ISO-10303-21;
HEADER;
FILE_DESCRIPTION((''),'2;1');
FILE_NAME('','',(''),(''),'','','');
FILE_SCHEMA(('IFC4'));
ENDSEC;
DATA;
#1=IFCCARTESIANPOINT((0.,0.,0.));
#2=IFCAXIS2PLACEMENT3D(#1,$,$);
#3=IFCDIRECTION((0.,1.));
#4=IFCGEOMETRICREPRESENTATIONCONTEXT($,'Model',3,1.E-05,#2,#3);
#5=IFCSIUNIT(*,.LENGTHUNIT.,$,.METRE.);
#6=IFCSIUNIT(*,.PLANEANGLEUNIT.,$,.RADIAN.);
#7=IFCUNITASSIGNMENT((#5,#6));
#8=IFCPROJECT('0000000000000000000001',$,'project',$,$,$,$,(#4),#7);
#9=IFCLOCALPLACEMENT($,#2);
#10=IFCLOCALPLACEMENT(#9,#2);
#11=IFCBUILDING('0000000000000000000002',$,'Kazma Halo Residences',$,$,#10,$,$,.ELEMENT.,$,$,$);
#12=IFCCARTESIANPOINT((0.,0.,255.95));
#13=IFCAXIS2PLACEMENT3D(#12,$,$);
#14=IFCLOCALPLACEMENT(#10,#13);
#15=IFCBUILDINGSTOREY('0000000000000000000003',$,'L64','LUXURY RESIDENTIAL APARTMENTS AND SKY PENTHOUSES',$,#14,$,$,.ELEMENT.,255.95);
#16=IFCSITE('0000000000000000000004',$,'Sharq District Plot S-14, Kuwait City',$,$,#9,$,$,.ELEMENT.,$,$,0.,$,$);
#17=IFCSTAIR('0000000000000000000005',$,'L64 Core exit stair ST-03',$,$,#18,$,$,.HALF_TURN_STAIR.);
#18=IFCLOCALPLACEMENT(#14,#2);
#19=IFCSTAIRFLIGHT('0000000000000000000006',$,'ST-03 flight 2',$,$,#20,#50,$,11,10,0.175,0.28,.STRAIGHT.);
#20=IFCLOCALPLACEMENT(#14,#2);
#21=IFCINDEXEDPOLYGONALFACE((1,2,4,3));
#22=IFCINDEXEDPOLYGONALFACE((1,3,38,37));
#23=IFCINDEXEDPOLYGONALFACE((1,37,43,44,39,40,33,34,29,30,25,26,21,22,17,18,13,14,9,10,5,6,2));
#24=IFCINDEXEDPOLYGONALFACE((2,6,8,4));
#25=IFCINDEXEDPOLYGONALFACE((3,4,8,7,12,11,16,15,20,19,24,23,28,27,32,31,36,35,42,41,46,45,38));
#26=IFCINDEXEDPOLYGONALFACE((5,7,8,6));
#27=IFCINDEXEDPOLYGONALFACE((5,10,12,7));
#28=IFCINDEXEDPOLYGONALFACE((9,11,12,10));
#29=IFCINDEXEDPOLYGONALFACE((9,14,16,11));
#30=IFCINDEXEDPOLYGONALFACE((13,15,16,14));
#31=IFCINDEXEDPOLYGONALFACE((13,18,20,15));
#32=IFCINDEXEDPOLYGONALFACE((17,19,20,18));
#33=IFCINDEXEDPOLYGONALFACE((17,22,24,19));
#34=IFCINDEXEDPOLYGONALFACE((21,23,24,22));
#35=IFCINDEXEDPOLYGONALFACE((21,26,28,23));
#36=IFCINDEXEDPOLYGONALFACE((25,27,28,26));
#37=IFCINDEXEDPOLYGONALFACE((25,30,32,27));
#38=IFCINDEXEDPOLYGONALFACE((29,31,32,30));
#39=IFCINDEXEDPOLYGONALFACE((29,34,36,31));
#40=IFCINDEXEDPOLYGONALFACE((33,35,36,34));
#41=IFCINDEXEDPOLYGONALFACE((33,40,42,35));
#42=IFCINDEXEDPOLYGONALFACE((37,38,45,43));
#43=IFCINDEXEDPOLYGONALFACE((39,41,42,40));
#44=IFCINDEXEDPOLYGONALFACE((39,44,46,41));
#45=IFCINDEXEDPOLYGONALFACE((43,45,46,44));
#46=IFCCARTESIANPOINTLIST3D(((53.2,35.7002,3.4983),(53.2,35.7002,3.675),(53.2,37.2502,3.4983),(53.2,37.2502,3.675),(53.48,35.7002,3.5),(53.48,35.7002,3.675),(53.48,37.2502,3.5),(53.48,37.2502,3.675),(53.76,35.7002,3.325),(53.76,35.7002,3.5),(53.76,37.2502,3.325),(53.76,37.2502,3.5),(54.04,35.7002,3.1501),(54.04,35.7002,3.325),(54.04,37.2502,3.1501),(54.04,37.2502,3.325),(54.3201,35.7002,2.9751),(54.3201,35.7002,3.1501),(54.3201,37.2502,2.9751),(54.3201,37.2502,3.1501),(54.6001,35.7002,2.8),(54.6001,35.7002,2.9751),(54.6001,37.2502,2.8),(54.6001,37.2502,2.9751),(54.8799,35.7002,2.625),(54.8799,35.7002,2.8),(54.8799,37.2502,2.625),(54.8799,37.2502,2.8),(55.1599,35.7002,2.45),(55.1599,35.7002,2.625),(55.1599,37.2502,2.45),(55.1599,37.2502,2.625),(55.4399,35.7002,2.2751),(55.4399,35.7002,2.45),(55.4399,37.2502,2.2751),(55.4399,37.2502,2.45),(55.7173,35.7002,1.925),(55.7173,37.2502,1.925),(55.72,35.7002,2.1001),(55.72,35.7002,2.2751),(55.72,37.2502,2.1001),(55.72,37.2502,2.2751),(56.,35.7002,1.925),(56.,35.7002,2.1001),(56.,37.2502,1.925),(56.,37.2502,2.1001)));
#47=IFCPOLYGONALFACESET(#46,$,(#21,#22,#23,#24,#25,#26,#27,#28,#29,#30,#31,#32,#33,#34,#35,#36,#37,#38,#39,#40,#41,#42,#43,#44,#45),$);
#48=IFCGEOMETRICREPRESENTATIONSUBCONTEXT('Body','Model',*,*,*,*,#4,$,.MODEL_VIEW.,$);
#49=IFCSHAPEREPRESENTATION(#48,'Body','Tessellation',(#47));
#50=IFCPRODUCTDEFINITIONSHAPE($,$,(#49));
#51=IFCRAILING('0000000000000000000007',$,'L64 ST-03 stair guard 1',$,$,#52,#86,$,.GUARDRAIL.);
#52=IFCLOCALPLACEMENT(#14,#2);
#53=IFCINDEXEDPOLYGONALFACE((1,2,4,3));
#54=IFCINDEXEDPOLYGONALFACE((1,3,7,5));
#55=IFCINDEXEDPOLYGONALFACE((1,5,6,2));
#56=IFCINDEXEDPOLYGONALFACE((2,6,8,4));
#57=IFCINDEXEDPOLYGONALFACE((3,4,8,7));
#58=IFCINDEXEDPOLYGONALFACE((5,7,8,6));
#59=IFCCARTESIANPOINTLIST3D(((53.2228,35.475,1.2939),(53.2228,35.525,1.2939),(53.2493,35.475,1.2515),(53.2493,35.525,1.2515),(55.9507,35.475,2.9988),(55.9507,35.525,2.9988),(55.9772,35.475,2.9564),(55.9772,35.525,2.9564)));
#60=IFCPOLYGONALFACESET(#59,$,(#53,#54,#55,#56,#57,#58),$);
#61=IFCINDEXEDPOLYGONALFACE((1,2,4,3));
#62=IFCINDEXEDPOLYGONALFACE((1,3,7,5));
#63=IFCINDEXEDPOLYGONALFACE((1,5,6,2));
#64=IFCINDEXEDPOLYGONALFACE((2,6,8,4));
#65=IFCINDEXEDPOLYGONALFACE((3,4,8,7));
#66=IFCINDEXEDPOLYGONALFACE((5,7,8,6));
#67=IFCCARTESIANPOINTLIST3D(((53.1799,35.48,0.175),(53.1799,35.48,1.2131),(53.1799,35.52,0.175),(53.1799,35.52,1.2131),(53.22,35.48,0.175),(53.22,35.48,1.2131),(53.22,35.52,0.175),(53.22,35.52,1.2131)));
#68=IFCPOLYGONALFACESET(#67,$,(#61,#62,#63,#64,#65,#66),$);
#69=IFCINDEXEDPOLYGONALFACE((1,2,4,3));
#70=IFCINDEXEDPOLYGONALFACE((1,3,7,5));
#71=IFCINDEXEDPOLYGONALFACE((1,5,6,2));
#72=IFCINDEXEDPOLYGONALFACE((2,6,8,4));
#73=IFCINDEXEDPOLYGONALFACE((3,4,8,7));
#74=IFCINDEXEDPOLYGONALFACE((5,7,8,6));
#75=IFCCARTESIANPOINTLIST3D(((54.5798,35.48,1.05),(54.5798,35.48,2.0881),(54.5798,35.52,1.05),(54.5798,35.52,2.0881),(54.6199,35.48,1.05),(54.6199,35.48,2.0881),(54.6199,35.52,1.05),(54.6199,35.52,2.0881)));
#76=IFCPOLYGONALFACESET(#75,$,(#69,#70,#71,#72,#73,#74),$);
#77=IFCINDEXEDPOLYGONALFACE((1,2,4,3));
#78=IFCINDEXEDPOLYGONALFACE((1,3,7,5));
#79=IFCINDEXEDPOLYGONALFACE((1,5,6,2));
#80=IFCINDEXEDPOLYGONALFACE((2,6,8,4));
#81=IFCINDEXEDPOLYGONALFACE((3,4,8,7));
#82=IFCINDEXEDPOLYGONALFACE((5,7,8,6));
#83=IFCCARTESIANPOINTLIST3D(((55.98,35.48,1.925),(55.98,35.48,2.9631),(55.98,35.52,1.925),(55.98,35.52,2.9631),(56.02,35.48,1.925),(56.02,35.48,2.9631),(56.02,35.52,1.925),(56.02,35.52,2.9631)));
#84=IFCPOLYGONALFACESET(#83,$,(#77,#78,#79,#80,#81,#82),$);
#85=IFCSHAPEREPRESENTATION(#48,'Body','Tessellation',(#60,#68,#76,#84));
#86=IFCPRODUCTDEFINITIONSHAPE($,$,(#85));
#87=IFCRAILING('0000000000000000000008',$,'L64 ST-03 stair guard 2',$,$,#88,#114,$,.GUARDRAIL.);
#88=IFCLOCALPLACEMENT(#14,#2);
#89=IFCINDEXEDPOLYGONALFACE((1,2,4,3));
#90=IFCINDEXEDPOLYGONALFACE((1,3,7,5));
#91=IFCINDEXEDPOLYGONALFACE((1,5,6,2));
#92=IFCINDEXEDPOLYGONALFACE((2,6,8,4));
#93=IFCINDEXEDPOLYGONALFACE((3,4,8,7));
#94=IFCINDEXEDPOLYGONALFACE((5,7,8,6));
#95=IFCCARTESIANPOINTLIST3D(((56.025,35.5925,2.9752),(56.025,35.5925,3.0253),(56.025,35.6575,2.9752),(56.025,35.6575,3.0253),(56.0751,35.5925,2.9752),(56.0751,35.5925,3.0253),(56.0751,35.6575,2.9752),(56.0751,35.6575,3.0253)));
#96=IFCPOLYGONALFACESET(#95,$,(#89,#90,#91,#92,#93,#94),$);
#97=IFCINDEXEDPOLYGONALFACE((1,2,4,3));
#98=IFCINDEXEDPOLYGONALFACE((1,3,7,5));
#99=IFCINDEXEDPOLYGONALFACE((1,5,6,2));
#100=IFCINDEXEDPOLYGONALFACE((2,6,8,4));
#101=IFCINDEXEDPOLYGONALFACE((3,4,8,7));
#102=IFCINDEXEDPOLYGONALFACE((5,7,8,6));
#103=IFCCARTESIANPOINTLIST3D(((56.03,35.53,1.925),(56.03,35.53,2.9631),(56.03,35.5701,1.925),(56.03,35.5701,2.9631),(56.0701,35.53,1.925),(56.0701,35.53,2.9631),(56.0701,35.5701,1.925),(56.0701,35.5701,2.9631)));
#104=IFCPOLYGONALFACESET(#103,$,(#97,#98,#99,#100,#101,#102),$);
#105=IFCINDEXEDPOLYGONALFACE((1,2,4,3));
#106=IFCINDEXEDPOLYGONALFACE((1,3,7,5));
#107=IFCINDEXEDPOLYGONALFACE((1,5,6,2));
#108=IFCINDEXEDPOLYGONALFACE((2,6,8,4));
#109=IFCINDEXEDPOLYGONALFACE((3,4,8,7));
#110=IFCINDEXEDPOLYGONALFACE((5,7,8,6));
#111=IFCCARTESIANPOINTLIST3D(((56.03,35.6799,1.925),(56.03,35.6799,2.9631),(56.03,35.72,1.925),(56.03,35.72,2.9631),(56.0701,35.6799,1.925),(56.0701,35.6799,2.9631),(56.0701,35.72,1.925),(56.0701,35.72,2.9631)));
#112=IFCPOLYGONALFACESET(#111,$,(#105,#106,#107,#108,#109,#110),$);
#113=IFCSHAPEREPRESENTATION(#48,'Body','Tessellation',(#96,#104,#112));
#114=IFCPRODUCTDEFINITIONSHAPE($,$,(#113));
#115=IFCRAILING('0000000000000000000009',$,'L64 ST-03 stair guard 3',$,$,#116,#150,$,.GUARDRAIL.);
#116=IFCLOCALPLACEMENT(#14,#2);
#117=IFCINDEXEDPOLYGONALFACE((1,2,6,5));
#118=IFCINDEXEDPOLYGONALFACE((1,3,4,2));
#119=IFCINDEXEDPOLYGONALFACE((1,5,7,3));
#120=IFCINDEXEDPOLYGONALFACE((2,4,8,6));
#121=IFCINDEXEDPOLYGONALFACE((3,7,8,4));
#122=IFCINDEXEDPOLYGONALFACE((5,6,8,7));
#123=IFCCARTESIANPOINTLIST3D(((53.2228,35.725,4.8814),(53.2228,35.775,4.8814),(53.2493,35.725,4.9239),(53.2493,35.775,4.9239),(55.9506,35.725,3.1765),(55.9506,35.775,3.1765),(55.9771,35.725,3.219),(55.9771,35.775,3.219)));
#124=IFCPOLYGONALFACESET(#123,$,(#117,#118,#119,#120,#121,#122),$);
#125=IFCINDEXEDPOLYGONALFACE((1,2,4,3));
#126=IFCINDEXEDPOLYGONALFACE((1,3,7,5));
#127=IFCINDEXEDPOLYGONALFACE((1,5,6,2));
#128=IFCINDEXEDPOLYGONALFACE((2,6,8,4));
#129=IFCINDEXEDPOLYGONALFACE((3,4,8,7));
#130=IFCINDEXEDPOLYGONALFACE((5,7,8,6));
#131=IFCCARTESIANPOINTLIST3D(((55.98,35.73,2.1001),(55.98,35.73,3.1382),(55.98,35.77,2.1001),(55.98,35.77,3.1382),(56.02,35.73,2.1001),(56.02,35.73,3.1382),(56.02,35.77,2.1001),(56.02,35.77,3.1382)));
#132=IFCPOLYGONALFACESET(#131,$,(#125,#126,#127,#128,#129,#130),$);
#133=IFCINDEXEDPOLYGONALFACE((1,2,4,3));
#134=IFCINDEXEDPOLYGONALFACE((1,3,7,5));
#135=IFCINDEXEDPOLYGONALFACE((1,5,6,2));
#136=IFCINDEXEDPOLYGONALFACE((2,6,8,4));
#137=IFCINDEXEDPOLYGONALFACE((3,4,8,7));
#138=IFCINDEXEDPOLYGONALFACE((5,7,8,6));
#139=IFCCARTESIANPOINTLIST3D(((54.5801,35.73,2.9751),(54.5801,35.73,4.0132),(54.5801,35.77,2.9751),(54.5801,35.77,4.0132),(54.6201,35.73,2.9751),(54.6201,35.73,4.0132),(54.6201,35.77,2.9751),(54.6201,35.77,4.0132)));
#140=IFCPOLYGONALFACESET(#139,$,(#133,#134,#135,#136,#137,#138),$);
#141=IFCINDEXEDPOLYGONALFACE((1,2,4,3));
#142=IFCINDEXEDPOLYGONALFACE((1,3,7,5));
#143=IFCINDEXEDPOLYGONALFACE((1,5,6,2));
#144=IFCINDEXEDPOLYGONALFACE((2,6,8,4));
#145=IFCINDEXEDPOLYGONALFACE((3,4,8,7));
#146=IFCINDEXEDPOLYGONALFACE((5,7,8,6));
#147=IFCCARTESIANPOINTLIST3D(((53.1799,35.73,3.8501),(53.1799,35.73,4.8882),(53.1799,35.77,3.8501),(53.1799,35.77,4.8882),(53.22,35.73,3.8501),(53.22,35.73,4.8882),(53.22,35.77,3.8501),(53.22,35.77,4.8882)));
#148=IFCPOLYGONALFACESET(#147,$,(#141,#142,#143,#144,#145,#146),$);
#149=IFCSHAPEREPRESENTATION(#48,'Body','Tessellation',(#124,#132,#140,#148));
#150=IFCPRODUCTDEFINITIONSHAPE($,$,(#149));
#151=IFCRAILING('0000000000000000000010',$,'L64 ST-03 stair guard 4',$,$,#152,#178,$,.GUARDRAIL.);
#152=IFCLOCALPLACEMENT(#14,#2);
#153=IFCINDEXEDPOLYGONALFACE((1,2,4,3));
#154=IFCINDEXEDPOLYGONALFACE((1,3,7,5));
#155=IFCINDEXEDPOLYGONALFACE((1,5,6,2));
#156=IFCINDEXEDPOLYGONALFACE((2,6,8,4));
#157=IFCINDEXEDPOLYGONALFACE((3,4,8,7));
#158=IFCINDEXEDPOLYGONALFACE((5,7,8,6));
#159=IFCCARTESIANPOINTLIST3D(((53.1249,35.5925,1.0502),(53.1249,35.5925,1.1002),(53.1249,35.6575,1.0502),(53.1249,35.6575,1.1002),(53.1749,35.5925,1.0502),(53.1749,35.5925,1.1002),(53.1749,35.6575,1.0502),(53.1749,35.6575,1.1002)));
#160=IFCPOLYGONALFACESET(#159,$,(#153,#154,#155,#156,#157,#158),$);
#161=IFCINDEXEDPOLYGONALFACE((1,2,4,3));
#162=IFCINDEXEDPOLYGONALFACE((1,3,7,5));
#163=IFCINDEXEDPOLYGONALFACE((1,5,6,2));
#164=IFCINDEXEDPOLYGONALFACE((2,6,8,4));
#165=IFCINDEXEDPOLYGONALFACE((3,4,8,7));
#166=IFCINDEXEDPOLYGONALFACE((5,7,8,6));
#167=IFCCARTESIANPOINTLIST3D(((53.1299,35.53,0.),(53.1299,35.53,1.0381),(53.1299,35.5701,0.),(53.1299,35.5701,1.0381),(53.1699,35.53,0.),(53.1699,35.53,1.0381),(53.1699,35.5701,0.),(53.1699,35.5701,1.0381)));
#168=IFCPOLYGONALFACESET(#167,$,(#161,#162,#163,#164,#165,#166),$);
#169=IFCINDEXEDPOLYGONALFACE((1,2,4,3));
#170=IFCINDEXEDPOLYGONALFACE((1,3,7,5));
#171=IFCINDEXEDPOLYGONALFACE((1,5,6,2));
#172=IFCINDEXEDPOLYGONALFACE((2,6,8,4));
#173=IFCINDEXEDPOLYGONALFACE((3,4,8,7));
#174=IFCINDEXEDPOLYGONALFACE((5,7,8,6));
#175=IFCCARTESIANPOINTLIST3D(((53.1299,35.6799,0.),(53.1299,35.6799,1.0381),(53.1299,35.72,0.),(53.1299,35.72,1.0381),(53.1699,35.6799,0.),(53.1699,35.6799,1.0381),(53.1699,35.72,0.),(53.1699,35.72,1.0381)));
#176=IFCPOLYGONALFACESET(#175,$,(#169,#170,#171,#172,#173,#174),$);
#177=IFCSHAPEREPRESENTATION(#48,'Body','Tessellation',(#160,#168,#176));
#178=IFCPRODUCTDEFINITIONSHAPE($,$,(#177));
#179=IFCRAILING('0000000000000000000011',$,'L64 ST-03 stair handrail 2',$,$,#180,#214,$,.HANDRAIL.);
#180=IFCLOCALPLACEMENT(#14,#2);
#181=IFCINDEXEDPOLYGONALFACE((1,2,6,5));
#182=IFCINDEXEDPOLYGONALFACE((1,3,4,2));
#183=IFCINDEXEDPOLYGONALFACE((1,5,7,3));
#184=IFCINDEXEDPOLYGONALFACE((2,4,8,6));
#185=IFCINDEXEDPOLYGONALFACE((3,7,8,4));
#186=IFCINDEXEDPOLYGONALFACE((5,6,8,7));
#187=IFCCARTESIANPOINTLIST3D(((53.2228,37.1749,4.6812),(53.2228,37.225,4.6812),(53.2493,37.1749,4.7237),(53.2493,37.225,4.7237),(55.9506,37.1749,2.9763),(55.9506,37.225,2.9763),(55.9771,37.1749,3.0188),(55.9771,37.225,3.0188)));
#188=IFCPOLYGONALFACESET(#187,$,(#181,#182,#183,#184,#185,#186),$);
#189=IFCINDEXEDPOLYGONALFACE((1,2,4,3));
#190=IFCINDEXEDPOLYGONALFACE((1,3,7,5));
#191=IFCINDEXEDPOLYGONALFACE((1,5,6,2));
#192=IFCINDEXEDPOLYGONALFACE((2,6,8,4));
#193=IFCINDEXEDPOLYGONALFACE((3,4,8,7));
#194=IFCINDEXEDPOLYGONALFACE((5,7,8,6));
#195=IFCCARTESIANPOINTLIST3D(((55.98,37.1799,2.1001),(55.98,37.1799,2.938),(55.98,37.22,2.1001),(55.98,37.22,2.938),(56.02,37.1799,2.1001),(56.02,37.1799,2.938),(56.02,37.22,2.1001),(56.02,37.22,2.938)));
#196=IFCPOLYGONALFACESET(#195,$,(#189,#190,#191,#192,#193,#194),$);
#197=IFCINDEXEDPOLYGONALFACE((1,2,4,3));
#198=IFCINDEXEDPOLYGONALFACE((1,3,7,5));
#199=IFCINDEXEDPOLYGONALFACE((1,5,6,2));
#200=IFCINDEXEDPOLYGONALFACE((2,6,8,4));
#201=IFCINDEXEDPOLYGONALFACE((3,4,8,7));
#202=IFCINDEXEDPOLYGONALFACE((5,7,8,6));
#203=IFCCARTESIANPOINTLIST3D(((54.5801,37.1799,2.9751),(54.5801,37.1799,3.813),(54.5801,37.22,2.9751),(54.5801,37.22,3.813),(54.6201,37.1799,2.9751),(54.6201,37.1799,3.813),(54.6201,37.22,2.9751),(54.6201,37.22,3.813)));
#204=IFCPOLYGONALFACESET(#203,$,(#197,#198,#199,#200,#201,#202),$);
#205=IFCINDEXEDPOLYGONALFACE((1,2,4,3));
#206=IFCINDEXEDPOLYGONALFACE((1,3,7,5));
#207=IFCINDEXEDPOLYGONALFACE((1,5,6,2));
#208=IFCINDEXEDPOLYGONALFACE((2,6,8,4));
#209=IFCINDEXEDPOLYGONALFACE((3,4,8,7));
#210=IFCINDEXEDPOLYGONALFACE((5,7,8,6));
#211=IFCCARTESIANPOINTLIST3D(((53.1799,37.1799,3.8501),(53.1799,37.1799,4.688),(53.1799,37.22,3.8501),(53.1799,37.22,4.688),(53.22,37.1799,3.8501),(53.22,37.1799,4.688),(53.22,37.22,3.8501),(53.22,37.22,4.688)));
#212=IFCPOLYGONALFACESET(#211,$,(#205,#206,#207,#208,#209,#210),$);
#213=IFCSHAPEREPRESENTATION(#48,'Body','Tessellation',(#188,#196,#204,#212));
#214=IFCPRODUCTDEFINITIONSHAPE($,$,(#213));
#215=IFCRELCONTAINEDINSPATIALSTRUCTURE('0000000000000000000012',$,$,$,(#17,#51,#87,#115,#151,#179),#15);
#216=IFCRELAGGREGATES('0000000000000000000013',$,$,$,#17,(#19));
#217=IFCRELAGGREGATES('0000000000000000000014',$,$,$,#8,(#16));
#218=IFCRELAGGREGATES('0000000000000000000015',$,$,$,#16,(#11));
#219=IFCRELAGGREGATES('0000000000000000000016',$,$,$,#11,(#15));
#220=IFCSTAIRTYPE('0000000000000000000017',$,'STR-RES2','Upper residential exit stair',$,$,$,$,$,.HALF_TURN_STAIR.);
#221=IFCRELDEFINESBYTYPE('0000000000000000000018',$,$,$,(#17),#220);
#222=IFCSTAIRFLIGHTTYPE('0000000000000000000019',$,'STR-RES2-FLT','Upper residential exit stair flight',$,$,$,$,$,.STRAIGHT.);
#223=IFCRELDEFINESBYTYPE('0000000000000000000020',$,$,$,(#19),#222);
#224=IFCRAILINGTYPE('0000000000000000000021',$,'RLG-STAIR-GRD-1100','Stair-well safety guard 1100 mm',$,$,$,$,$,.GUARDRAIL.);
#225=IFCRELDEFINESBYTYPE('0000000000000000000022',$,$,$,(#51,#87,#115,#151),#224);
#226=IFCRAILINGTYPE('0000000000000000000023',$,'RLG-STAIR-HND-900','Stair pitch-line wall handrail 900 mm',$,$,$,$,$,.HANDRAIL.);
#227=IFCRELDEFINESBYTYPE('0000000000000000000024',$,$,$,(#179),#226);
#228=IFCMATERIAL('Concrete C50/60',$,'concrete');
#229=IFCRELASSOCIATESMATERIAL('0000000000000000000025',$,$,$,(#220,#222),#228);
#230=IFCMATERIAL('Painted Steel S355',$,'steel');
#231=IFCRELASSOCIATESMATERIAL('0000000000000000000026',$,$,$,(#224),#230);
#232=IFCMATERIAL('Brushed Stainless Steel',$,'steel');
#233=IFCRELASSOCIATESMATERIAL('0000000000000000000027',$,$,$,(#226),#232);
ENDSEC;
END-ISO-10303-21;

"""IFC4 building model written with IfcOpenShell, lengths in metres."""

from ifc_helpers import new_model, si_unit, direction, frame, origin, origin_2d, place, context, subcontext, project, spatial, polyline, rectangle, outline, extrude, material, type_object, element, aggregate, save


model = new_model("IFC4")

# Units and contexts
model_context = context("Model", 3, precision=1e-05, world=origin(), true_north=direction((0.0, 1.0)))
body_context = subcontext(model_context, "Body", "Model", "MODEL_VIEW")
ifc_project = project(units=[si_unit("LENGTHUNIT", "METRE"), si_unit("PLANEANGLEUNIT", "RADIAN")], contexts=[model_context])

# Site, building, storey
site_placement = place(None, origin())
site = spatial("IfcSite", under=ifc_project, at=site_placement, Name="Sharq District Plot S-14, Kuwait City", CompositionType="ELEMENT", RefElevation=0.0)
building_placement = place(site_placement, origin())
building = spatial("IfcBuilding", under=site, at=building_placement, Name="Kazma Halo Residences", CompositionType="ELEMENT")
storey_placement = place(building_placement, frame((0.0, 0.0, 255.95)))
storey = spatial("IfcBuildingStorey", under=building, at=storey_placement, Name="L64", Description="LUXURY RESIDENTIAL APARTMENTS AND SKY PENTHOUSES", CompositionType="ELEMENT", Elevation=255.95)

# Shared definitions
ifc_material_1 = material(Name="Concrete C50/60", Category="concrete")

# Stair, stair flight
stair_type = type_object("IfcStairType", Name="STR-RES2", Description="Upper residential exit stair", PredefinedType="HALF_TURN_STAIR", material=ifc_material_1)
stair_placement = place(storey_placement, origin())
stair = element("IfcStair", 1, at=stair_placement, inside=storey, type_object=stair_type, Name="L64 Core exit stair ST-03", PredefinedType="HALF_TURN_STAIR")
stair_flight_type = type_object("IfcStairFlightType", Name="STR-RES2-FLT", Description="Upper residential exit stair flight", PredefinedType="STRAIGHT", material=ifc_material_1)
stair_flight_1_placement = place(storey_placement, frame((56.0, 36.4751, 1.925), z_axis=(0.0, 0.0, 1.0), x_axis=(-1.0, 0.0, 0.0)))
stair_flight_1 = element("IfcStairFlight", 2, at=stair_flight_1_placement, type_object=stair_flight_type, Name="ST-03 flight 2", NumberOfRisers=11, NumberOfTreads=10, PredefinedType="STRAIGHT", RiserHeight=0.175, TreadLength=0.28, context=body_context, shape_type="SweptSolid", body=[
    extrude(outline(polyline([(0.0, 0.0), (0.0, 0.175), (0.28, 0.175), (0.28, 0.3501), (0.5601, 0.3501), (0.5601, 0.5249), (0.8401, 0.5249), (0.8401, 0.7), (1.1201, 0.7), (1.1201, 0.875), (1.3999, 0.875), (1.3999, 1.05), (1.6799, 1.05), (1.6799, 1.2251), (1.96, 1.2251), (1.96, 1.3999), (2.24, 1.3999), (2.24, 1.575), (2.52, 1.575), (2.52, 1.75), (2.8, 1.75), (2.8, 1.925), (2.8, 1.5732), (0.2827, 0.0), (0.0, 0.0)])), frame((0.0, 0.7749, 0.0), z_axis=(0.0, -1.0, 0.0), x_axis=(1.0, 0.0, 0.0)), (0.0, 0.0, 1.0), 1.55),
])
aggregate(stair, [stair_flight_1])

# Railings
ifc_material_2 = material(Name="Painted Steel S355", Category="steel")
railing_type_1 = type_object("IfcRailingType", Name="RLG-STAIR-GRD-1100", Description="Stair-well safety guard 1100 mm", PredefinedType="GUARDRAIL", material=ifc_material_2)
railing_1_placement = place(storey_placement, frame((53.2, 35.5, 0.175)))
element("IfcRailing", 3, at=railing_1_placement, inside=storey, type_object=railing_type_1, Name="L64 ST-03 stair guard 1", PredefinedType="GUARDRAIL", context=body_context, shape_type="SweptSolid", body=[
    extrude(rectangle(XDim=0.05, YDim=0.05, at=origin_2d()), frame((0.0361, 0.0, 1.0977), z_axis=(0.848002, 0.0, 0.529992), x_axis=(0.0, 1.0, 0.0)), (0.0, 0.0, 1.0), 3.2168),
    extrude(rectangle(XDim=0.04, YDim=0.04, at=origin_2d()), origin(), (0.0, 0.0, 1.0), 1.0381),
    extrude(rectangle(XDim=0.04, YDim=0.04, at=origin_2d()), frame((1.3999, 0.0, 0.875)), (0.0, 0.0, 1.0), 1.0381),
    extrude(rectangle(XDim=0.04, YDim=0.04, at=origin_2d()), frame((2.8, 0.0, 1.75)), (0.0, 0.0, 1.0), 1.0381),
])
railing_2_placement = place(storey_placement, frame((56.05, 35.55, 1.925)))
element("IfcRailing", 4, at=railing_2_placement, inside=storey, type_object=railing_type_1, Name="L64 ST-03 stair guard 2", PredefinedType="GUARDRAIL", context=body_context, shape_type="SweptSolid", body=[
    extrude(rectangle(XDim=0.05, YDim=0.05, at=origin_2d()), frame((0.0, 0.0425, 1.0752), z_axis=(0.0, 1.0, 0.0), x_axis=(-1.0, 0.0, 0.0)), (0.0, 0.0, 1.0), 0.0649),
    extrude(rectangle(XDim=0.04, YDim=0.04, at=origin_2d()), origin(), (0.0, 0.0, 1.0), 1.0381),
    extrude(rectangle(XDim=0.04, YDim=0.04, at=origin_2d()), frame((0.0, 0.1499, 0.0)), (0.0, 0.0, 1.0), 1.0381),
])
railing_3_placement = place(storey_placement, frame((56.0, 35.75, 2.1001)))
element("IfcRailing", 5, at=railing_3_placement, inside=storey, type_object=railing_type_1, Name="L64 ST-03 stair guard 3", PredefinedType="GUARDRAIL", context=body_context, shape_type="SweptSolid", body=[
    extrude(rectangle(XDim=0.05, YDim=0.05, at=origin_2d()), frame((-0.0361, 0.0, 1.0977), z_axis=(-0.848002, 0.0, 0.529992), x_axis=(0.0, -1.0, 0.0)), (0.0, 0.0, 1.0), 3.2168),
    extrude(rectangle(XDim=0.04, YDim=0.04, at=origin_2d()), origin(), (0.0, 0.0, 1.0), 1.0381),
    extrude(rectangle(XDim=0.04, YDim=0.04, at=origin_2d()), frame((-1.3999, 0.0, 0.875)), (0.0, 0.0, 1.0), 1.0381),
    extrude(rectangle(XDim=0.04, YDim=0.04, at=origin_2d()), frame((-2.8, 0.0, 1.75)), (0.0, 0.0, 1.0), 1.0381),
])
railing_4_placement = place(storey_placement, frame((53.1499, 35.55, 0.0)))
element("IfcRailing", 6, at=railing_4_placement, inside=storey, type_object=railing_type_1, Name="L64 ST-03 stair guard 4", PredefinedType="GUARDRAIL", context=body_context, shape_type="SweptSolid", body=[
    extrude(rectangle(XDim=0.05, YDim=0.05, at=origin_2d()), frame((0.0, 0.0425, 1.0752), z_axis=(0.0, 1.0, 0.0), x_axis=(-1.0, 0.0, 0.0)), (0.0, 0.0, 1.0), 0.0649),
    extrude(rectangle(XDim=0.04, YDim=0.04, at=origin_2d()), origin(), (0.0, 0.0, 1.0), 1.0381),
    extrude(rectangle(XDim=0.04, YDim=0.04, at=origin_2d()), frame((0.0, 0.1499, 0.0)), (0.0, 0.0, 1.0), 1.0381),
])
ifc_material_3 = material(Name="Brushed Stainless Steel", Category="steel")
railing_type_2 = type_object("IfcRailingType", Name="RLG-STAIR-HND-900", Description="Stair pitch-line wall handrail 900 mm", PredefinedType="HANDRAIL", material=ifc_material_3)
railing_5_placement = place(storey_placement, frame((56.0, 37.2, 2.1001)))
element("IfcRailing", 7, at=railing_5_placement, inside=storey, type_object=railing_type_2, Name="L64 ST-03 stair handrail 2", PredefinedType="HANDRAIL", context=body_context, shape_type="SweptSolid", body=[
    extrude(rectangle(XDim=0.05, YDim=0.05, at=origin_2d()), frame((-0.0361, 0.0, 0.8975), z_axis=(-0.848002, 0.0, 0.529992), x_axis=(0.0, -1.0, 0.0)), (0.0, 0.0, 1.0), 3.2168),
    extrude(rectangle(XDim=0.04, YDim=0.04, at=origin_2d()), origin(), (0.0, 0.0, 1.0), 0.8379),
    extrude(rectangle(XDim=0.04, YDim=0.04, at=origin_2d()), frame((-1.3999, 0.0, 0.875)), (0.0, 0.0, 1.0), 0.8379),
    extrude(rectangle(XDim=0.04, YDim=0.04, at=origin_2d()), frame((-2.8, 0.0, 1.75)), (0.0, 0.0, 1.0), 0.8379),
])

save(model, "model.ifc")
